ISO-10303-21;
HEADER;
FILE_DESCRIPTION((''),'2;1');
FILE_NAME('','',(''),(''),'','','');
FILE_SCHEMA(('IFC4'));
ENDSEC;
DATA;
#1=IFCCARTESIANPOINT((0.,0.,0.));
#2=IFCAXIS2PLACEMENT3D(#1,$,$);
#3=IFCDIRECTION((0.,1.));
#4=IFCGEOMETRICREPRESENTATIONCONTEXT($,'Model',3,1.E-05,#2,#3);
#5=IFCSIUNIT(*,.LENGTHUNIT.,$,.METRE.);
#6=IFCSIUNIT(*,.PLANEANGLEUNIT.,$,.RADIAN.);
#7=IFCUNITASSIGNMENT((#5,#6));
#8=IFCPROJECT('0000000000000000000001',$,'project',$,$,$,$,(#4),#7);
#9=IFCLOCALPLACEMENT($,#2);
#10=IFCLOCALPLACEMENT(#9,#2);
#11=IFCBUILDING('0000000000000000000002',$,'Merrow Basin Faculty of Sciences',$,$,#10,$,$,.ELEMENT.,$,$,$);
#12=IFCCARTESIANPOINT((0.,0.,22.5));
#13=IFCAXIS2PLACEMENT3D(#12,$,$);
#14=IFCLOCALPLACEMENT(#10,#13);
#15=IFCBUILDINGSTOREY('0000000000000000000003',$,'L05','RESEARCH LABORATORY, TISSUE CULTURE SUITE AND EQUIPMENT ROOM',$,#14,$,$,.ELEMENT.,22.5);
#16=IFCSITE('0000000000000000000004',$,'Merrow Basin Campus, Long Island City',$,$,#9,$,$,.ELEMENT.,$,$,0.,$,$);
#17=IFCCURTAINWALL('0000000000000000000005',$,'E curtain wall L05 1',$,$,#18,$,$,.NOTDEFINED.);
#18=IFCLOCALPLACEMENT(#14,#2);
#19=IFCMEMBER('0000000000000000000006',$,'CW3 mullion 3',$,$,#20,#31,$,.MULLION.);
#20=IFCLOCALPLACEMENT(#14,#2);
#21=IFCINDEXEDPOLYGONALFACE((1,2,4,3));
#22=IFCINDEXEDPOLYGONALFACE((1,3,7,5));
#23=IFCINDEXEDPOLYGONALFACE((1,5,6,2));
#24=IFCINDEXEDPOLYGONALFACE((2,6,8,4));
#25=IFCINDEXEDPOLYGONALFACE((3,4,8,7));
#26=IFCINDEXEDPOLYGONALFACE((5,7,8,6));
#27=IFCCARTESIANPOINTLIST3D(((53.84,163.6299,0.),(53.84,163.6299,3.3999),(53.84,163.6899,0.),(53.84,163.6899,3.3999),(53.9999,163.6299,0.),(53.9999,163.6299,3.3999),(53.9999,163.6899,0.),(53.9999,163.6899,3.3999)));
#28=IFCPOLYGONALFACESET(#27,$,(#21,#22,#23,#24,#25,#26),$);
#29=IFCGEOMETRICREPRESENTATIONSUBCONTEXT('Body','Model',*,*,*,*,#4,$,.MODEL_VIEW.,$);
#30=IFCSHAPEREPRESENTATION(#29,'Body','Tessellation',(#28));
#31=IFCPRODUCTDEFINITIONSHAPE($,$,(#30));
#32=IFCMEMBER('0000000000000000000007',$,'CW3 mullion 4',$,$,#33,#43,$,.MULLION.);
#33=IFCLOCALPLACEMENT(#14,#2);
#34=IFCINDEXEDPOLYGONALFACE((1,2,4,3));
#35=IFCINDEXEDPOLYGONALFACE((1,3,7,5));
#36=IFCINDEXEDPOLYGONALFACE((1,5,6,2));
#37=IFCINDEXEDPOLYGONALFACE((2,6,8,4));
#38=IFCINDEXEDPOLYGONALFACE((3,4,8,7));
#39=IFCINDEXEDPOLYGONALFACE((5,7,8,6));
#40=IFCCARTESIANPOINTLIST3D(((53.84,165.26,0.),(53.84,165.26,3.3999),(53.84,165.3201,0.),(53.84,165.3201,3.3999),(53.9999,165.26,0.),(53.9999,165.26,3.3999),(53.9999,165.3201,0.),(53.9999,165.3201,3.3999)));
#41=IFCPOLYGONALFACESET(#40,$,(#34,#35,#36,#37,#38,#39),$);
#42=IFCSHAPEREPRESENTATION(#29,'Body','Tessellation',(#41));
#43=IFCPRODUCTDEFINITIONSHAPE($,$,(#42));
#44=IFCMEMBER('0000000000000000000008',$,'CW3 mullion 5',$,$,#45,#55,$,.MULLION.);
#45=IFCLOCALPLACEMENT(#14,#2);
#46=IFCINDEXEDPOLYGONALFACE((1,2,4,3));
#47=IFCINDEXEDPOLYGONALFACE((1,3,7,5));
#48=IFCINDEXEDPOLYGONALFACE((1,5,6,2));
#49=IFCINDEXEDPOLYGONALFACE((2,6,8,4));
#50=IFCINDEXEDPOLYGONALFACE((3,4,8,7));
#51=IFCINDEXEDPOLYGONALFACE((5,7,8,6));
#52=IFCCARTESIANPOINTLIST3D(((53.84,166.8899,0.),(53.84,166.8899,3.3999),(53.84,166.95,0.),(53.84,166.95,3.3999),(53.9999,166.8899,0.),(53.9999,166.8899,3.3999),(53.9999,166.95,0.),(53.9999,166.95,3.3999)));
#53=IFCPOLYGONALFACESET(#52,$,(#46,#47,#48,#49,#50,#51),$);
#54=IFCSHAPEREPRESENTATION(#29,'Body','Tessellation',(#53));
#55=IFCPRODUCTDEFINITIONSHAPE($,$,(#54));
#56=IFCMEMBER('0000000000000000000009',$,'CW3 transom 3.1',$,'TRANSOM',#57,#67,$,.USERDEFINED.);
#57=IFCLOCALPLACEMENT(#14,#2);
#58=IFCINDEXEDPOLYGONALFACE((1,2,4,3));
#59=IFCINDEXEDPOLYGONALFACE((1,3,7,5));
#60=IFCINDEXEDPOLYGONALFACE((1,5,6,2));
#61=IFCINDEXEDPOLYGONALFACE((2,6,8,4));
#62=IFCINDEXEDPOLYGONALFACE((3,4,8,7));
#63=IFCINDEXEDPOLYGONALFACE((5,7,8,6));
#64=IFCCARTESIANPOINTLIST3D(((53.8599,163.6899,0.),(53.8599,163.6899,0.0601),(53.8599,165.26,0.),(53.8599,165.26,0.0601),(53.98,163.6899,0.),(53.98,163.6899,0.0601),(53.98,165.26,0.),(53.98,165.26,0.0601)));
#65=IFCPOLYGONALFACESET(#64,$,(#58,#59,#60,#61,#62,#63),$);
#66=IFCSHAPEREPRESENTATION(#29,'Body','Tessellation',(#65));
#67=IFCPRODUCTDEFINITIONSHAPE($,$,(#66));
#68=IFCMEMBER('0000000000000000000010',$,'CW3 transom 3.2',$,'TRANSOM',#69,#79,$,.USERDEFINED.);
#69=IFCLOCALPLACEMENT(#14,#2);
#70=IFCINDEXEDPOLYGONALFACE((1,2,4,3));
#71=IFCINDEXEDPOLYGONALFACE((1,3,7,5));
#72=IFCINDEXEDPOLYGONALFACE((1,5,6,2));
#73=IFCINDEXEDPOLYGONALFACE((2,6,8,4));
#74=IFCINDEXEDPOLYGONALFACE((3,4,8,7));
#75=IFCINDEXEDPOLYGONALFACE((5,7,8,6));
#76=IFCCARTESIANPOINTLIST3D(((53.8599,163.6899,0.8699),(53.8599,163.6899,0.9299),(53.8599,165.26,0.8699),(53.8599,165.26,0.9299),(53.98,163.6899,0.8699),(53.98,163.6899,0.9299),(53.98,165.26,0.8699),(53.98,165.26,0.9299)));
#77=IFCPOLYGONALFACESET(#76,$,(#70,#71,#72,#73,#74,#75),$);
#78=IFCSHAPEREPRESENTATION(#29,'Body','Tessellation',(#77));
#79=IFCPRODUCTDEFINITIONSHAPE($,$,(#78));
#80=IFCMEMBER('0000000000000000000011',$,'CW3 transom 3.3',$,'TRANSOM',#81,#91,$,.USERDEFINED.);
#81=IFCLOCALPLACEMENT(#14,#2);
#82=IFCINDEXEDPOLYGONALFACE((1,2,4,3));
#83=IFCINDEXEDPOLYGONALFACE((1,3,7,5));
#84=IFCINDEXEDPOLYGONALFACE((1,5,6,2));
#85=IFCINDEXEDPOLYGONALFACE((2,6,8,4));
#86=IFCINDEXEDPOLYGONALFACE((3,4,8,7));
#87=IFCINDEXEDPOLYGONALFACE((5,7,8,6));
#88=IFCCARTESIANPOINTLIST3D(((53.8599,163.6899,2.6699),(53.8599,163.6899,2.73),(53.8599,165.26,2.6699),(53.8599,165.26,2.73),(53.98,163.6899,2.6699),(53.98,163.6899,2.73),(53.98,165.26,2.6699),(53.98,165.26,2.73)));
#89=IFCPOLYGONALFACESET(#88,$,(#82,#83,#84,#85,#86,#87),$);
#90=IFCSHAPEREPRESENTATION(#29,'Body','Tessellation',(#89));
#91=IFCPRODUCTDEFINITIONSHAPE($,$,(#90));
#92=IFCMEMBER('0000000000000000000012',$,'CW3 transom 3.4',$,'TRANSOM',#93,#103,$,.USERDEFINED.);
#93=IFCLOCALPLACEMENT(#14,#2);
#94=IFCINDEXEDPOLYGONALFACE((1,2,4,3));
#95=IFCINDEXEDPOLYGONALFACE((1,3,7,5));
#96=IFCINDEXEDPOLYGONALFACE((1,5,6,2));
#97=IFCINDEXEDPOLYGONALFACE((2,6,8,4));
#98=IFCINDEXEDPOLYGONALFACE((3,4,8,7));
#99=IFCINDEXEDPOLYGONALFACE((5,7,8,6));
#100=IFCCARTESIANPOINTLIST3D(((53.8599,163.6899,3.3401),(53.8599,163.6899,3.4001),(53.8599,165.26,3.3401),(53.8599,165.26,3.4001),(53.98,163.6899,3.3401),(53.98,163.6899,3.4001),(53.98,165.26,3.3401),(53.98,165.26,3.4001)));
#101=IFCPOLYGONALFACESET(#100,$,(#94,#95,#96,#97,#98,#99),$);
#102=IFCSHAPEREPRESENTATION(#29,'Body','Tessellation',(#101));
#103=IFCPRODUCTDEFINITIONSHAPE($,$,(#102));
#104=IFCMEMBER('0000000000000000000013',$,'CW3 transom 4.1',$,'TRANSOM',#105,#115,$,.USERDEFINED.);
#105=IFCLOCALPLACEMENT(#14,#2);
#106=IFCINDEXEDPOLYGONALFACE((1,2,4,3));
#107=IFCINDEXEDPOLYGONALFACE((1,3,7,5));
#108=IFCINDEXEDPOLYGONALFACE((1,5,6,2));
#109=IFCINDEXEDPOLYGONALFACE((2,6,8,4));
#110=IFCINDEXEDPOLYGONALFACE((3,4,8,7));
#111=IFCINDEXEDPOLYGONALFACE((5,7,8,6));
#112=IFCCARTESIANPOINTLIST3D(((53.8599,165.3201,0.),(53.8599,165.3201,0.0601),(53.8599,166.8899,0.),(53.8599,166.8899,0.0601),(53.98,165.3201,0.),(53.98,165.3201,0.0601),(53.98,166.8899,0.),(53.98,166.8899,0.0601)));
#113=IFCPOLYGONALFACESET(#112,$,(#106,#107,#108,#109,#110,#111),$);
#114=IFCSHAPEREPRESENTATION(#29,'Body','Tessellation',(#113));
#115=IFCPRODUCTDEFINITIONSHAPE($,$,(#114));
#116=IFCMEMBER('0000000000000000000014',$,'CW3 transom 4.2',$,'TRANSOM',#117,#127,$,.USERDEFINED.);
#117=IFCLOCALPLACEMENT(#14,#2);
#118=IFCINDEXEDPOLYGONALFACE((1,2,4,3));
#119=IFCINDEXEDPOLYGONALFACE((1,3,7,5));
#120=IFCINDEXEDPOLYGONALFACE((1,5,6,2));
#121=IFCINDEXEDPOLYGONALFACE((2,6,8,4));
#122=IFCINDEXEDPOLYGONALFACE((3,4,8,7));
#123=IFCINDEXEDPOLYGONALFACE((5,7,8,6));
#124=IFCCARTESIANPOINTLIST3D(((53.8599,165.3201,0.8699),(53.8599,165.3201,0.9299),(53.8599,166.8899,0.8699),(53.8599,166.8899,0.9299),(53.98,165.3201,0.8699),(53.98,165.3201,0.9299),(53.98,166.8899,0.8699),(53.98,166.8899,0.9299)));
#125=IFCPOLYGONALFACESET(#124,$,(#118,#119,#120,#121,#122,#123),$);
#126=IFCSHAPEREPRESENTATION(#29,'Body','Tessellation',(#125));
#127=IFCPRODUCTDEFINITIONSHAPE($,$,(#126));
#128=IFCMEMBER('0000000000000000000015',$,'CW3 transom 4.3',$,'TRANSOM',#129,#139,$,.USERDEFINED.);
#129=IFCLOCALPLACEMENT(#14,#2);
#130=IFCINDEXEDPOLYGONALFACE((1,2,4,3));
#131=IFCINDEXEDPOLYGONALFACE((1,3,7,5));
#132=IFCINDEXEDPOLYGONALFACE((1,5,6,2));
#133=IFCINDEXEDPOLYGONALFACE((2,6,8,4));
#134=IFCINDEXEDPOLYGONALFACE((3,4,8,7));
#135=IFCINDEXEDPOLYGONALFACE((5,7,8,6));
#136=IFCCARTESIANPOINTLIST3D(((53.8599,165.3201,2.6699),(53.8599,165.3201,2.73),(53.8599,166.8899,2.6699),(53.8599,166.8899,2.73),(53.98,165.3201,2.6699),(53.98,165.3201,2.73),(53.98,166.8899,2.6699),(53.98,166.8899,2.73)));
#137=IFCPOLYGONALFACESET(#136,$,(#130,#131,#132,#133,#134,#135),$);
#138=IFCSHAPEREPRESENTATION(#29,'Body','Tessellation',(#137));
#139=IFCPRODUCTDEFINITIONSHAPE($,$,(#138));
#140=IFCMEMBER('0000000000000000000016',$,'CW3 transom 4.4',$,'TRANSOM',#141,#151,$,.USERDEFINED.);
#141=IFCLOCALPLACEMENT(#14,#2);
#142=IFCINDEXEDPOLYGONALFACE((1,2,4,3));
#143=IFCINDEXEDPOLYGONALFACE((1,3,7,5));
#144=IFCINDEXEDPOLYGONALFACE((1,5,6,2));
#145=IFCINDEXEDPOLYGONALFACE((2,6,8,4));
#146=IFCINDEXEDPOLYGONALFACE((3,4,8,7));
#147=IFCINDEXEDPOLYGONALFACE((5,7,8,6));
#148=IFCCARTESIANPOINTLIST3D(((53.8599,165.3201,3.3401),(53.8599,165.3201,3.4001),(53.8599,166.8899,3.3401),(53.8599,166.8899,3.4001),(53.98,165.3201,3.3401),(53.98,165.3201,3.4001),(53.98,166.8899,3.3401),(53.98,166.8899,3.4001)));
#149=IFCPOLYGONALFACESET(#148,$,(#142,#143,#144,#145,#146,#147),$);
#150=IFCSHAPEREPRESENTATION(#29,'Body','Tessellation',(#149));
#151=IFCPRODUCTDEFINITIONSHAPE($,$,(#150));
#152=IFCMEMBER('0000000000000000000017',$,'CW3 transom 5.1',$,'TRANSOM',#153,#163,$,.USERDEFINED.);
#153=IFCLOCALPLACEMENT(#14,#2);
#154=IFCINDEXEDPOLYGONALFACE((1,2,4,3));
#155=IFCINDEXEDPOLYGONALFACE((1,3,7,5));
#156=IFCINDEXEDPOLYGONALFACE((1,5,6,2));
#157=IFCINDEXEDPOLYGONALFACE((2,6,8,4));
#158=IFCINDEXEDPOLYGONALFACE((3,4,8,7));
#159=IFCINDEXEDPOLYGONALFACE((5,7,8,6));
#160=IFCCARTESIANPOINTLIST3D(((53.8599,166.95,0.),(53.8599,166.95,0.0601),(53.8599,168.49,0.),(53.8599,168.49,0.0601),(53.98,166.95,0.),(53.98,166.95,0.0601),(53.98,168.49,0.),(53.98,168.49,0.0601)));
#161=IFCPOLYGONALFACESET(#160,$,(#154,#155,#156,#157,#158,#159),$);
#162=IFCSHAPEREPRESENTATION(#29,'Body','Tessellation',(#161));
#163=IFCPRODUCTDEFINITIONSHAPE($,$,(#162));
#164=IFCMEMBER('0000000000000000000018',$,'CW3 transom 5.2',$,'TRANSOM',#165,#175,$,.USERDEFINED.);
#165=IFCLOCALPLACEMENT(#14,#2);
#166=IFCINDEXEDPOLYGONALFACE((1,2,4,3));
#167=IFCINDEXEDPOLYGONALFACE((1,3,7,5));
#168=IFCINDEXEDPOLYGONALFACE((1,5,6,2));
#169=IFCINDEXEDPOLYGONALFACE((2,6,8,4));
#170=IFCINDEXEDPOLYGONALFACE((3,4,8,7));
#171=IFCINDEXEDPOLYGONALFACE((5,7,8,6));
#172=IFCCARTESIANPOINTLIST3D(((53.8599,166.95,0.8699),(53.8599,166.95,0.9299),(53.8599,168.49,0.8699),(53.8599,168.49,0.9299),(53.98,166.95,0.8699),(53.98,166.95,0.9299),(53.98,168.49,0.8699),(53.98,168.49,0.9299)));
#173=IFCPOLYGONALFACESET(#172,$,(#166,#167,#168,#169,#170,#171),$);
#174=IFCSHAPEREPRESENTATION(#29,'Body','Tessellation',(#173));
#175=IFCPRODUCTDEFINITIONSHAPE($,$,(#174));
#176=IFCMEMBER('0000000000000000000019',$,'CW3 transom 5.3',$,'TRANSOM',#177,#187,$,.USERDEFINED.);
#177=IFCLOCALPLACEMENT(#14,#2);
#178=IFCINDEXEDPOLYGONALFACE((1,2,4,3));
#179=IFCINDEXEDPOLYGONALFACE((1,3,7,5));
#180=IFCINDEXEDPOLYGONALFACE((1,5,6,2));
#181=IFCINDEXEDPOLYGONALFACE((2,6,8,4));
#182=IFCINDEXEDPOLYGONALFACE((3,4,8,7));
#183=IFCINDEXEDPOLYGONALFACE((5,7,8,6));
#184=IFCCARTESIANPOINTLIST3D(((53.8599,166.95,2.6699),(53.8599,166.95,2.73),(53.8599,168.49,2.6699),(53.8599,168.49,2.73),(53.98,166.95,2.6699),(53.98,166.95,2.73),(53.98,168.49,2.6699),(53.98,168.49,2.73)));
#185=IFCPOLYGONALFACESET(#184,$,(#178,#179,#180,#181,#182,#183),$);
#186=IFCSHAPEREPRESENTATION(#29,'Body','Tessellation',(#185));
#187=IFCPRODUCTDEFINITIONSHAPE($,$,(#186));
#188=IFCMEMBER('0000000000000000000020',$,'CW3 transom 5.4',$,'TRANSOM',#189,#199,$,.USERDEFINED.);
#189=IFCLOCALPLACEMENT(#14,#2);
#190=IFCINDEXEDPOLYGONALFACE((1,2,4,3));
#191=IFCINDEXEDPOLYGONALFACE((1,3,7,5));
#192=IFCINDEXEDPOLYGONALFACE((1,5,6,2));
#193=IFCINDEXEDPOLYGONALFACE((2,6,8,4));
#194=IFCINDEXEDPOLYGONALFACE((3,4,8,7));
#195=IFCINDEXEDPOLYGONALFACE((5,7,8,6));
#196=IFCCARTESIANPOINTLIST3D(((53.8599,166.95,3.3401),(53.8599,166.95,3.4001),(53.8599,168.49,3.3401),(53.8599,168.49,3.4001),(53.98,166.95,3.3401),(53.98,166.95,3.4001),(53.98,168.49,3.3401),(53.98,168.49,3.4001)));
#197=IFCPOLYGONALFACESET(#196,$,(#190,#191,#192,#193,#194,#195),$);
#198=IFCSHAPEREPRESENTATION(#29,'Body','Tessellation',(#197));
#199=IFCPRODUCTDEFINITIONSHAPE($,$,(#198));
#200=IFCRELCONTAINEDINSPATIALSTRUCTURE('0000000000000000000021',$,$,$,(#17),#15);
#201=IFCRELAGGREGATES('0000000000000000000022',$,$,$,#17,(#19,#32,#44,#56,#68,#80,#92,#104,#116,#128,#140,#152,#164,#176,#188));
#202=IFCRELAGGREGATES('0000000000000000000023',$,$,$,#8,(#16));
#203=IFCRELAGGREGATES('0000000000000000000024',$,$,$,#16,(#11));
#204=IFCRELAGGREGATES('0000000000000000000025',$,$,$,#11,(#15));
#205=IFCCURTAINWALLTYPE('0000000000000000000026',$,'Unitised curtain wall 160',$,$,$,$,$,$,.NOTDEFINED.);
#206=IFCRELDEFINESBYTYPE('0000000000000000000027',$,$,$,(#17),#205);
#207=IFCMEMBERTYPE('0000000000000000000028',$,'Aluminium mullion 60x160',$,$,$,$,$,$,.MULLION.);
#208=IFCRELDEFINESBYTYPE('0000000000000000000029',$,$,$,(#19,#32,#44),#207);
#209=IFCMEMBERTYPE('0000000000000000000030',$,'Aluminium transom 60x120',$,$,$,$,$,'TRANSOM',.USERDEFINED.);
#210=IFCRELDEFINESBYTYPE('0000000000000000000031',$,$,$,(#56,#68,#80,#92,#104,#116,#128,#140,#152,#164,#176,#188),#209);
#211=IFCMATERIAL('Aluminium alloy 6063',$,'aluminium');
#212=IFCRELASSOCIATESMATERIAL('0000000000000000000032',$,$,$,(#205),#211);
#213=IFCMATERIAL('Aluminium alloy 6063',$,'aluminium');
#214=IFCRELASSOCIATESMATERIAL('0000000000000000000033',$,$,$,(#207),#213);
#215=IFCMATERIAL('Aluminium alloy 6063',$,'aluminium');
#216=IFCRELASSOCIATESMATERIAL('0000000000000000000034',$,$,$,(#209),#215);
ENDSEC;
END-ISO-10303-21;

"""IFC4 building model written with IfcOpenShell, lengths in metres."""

from ifc_helpers import new_model, si_unit, direction, frame, origin, origin_2d, place, context, subcontext, project, spatial, rectangle, extrude, material, material_profile, profile_set, type_object, element, aggregate, save


model = new_model("IFC4")

# Units and contexts
model_context = context("Model", 3, precision=1e-05, world=origin(), true_north=direction((0.0, 1.0)))
body_context = subcontext(model_context, "Body", "Model", "MODEL_VIEW")
ifc_project = project(units=[si_unit("LENGTHUNIT", "METRE"), si_unit("PLANEANGLEUNIT", "RADIAN")], contexts=[model_context])

# Site, building, storey
site_placement = place(None, origin())
site = spatial("IfcSite", under=ifc_project, at=site_placement, Name="Merrow Basin Campus, Long Island City", CompositionType="ELEMENT", RefElevation=0.0)
building_placement = place(site_placement, origin())
building = spatial("IfcBuilding", under=site, at=building_placement, Name="Merrow Basin Faculty of Sciences", CompositionType="ELEMENT")
storey_placement = place(building_placement, frame((0.0, 0.0, 22.5)))
storey = spatial("IfcBuildingStorey", under=building, at=storey_placement, Name="L05", Description="RESEARCH LABORATORY, TISSUE CULTURE SUITE AND EQUIPMENT ROOM", CompositionType="ELEMENT", Elevation=22.5)

# Curtain wall, members
ifc_material_1 = material(Name="Aluminium alloy 6063", Category="aluminium")
curtain_wall_type = type_object("IfcCurtainWallType", Name="Unitised curtain wall 160", PredefinedType="NOTDEFINED", material=ifc_material_1)
curtain_wall_placement = place(storey_placement, origin())
curtain_wall = element("IfcCurtainWall", 1, at=curtain_wall_placement, inside=storey, type_object=curtain_wall_type, Name="E curtain wall L05 1", PredefinedType="NOTDEFINED")
ifc_material_2 = material(Name="Aluminium alloy 6063", Category="aluminium")
ifc_material_profile_1 = material_profile(ifc_material_2, rectangle(XDim=0.1599, YDim=0.0601, at=origin_2d()))
ifc_profile_set_1 = profile_set([ifc_material_profile_1], Name="Aluminium alloy 6063")
member_type_1 = type_object("IfcMemberType", Name="Aluminium mullion 60x160", PredefinedType="MULLION", material=ifc_profile_set_1)
member_1_placement = place(storey_placement, frame((53.9199, 163.6599, 0.0), z_axis=(0.0, 0.0, 1.0), x_axis=(-1.0, 0.0, 0.0)))
member_1 = element("IfcMember", 2, at=member_1_placement, type_object=member_type_1, Name="CW3 mullion 3", PredefinedType="MULLION", context=body_context, shape_type="SweptSolid", body=[
    extrude(rectangle(XDim=0.1599, YDim=0.0601, at=origin_2d()), origin(), (0.0, 0.0, 1.0), 3.3999),
])
member_2_placement = place(storey_placement, frame((53.9199, 165.29, 0.0), z_axis=(0.0, 0.0, 1.0), x_axis=(-1.0, 0.0, 0.0)))
member_2 = element("IfcMember", 3, at=member_2_placement, type_object=member_type_1, Name="CW3 mullion 4", PredefinedType="MULLION", context=body_context, shape_type="SweptSolid", body=[
    extrude(rectangle(XDim=0.1599, YDim=0.0601, at=origin_2d()), origin(), (0.0, 0.0, 1.0), 3.3999),
])
member_3_placement = place(storey_placement, frame((53.9199, 166.9199, 0.0), z_axis=(0.0, 0.0, 1.0), x_axis=(-1.0, 0.0, 0.0)))
member_3 = element("IfcMember", 4, at=member_3_placement, type_object=member_type_1, Name="CW3 mullion 5", PredefinedType="MULLION", context=body_context, shape_type="SweptSolid", body=[
    extrude(rectangle(XDim=0.1599, YDim=0.0601, at=origin_2d()), origin(), (0.0, 0.0, 1.0), 3.3999),
])
ifc_material_3 = material(Name="Aluminium alloy 6063", Category="aluminium")
ifc_material_profile_2 = material_profile(ifc_material_3, rectangle(XDim=0.1201, YDim=0.0601, at=origin_2d()))
ifc_profile_set_2 = profile_set([ifc_material_profile_2], Name="Aluminium alloy 6063")
member_type_2 = type_object("IfcMemberType", Name="Aluminium transom 60x120", ElementType="TRANSOM", PredefinedType="USERDEFINED", material=ifc_profile_set_2)
member_4_placement = place(storey_placement, frame((53.9199, 163.6899, 0.03), z_axis=(0.0, 1.0, 0.0), x_axis=(-1.0, 0.0, 0.0)))
member_4 = element("IfcMember", 5, at=member_4_placement, type_object=member_type_2, Name="CW3 transom 3.1", ObjectType="TRANSOM", PredefinedType="USERDEFINED", context=body_context, shape_type="SweptSolid", body=[
    extrude(rectangle(XDim=0.1201, YDim=0.0601, at=origin_2d()), origin(), (0.0, 0.0, 1.0), 1.5701),
])
member_5_placement = place(storey_placement, frame((53.9199, 163.6899, 0.8999), z_axis=(0.0, 1.0, 0.0), x_axis=(-1.0, 0.0, 0.0)))
member_5 = element("IfcMember", 6, at=member_5_placement, type_object=member_type_2, Name="CW3 transom 3.2", ObjectType="TRANSOM", PredefinedType="USERDEFINED", context=body_context, shape_type="SweptSolid", body=[
    extrude(rectangle(XDim=0.1201, YDim=0.0601, at=origin_2d()), origin(), (0.0, 0.0, 1.0), 1.5701),
])
member_6_placement = place(storey_placement, frame((53.9199, 163.6899, 2.7), z_axis=(0.0, 1.0, 0.0), x_axis=(-1.0, 0.0, 0.0)))
member_6 = element("IfcMember", 7, at=member_6_placement, type_object=member_type_2, Name="CW3 transom 3.3", ObjectType="TRANSOM", PredefinedType="USERDEFINED", context=body_context, shape_type="SweptSolid", body=[
    extrude(rectangle(XDim=0.1201, YDim=0.0601, at=origin_2d()), origin(), (0.0, 0.0, 1.0), 1.5701),
])
member_7_placement = place(storey_placement, frame((53.9199, 163.6899, 3.3701), z_axis=(0.0, 1.0, 0.0), x_axis=(-1.0, 0.0, 0.0)))
member_7 = element("IfcMember", 8, at=member_7_placement, type_object=member_type_2, Name="CW3 transom 3.4", ObjectType="TRANSOM", PredefinedType="USERDEFINED", context=body_context, shape_type="SweptSolid", body=[
    extrude(rectangle(XDim=0.1201, YDim=0.0601, at=origin_2d()), origin(), (0.0, 0.0, 1.0), 1.5701),
])
member_8_placement = place(storey_placement, frame((53.9199, 165.3201, 0.03), z_axis=(0.0, 1.0, 0.0), x_axis=(-1.0, 0.0, 0.0)))
member_8 = element("IfcMember", 9, at=member_8_placement, type_object=member_type_2, Name="CW3 transom 4.1", ObjectType="TRANSOM", PredefinedType="USERDEFINED", context=body_context, shape_type="SweptSolid", body=[
    extrude(rectangle(XDim=0.1201, YDim=0.0601, at=origin_2d()), origin(), (0.0, 0.0, 1.0), 1.5698),
])
member_9_placement = place(storey_placement, frame((53.9199, 165.3201, 0.8999), z_axis=(0.0, 1.0, 0.0), x_axis=(-1.0, 0.0, 0.0)))
member_9 = element("IfcMember", 10, at=member_9_placement, type_object=member_type_2, Name="CW3 transom 4.2", ObjectType="TRANSOM", PredefinedType="USERDEFINED", context=body_context, shape_type="SweptSolid", body=[
    extrude(rectangle(XDim=0.1201, YDim=0.0601, at=origin_2d()), origin(), (0.0, 0.0, 1.0), 1.5698),
])
member_10_placement = place(storey_placement, frame((53.9199, 165.3201, 2.7), z_axis=(0.0, 1.0, 0.0), x_axis=(-1.0, 0.0, 0.0)))
member_10 = element("IfcMember", 11, at=member_10_placement, type_object=member_type_2, Name="CW3 transom 4.3", ObjectType="TRANSOM", PredefinedType="USERDEFINED", context=body_context, shape_type="SweptSolid", body=[
    extrude(rectangle(XDim=0.1201, YDim=0.0601, at=origin_2d()), origin(), (0.0, 0.0, 1.0), 1.5698),
])
member_11_placement = place(storey_placement, frame((53.9199, 165.3201, 3.3701), z_axis=(0.0, 1.0, 0.0), x_axis=(-1.0, 0.0, 0.0)))
member_11 = element("IfcMember", 12, at=member_11_placement, type_object=member_type_2, Name="CW3 transom 4.4", ObjectType="TRANSOM", PredefinedType="USERDEFINED", context=body_context, shape_type="SweptSolid", body=[
    extrude(rectangle(XDim=0.1201, YDim=0.0601, at=origin_2d()), origin(), (0.0, 0.0, 1.0), 1.5698),
])
member_12_placement = place(storey_placement, frame((53.9199, 166.95, 0.03), z_axis=(0.0, 1.0, 0.0), x_axis=(-1.0, 0.0, 0.0)))
member_12 = element("IfcMember", 13, at=member_12_placement, type_object=member_type_2, Name="CW3 transom 5.1", ObjectType="TRANSOM", PredefinedType="USERDEFINED", context=body_context, shape_type="SweptSolid", body=[
    extrude(rectangle(XDim=0.1201, YDim=0.0601, at=origin_2d()), origin(), (0.0, 0.0, 1.0), 1.54),
])
member_13_placement = place(storey_placement, frame((53.9199, 166.95, 0.8999), z_axis=(0.0, 1.0, 0.0), x_axis=(-1.0, 0.0, 0.0)))
member_13 = element("IfcMember", 14, at=member_13_placement, type_object=member_type_2, Name="CW3 transom 5.2", ObjectType="TRANSOM", PredefinedType="USERDEFINED", context=body_context, shape_type="SweptSolid", body=[
    extrude(rectangle(XDim=0.1201, YDim=0.0601, at=origin_2d()), origin(), (0.0, 0.0, 1.0), 1.54),
])
member_14_placement = place(storey_placement, frame((53.9199, 166.95, 2.7), z_axis=(0.0, 1.0, 0.0), x_axis=(-1.0, 0.0, 0.0)))
member_14 = element("IfcMember", 15, at=member_14_placement, type_object=member_type_2, Name="CW3 transom 5.3", ObjectType="TRANSOM", PredefinedType="USERDEFINED", context=body_context, shape_type="SweptSolid", body=[
    extrude(rectangle(XDim=0.1201, YDim=0.0601, at=origin_2d()), origin(), (0.0, 0.0, 1.0), 1.54),
])
member_15_placement = place(storey_placement, frame((53.9199, 166.95, 3.3701), z_axis=(0.0, 1.0, 0.0), x_axis=(-1.0, 0.0, 0.0)))
member_15 = element("IfcMember", 16, at=member_15_placement, type_object=member_type_2, Name="CW3 transom 5.4", ObjectType="TRANSOM", PredefinedType="USERDEFINED", context=body_context, shape_type="SweptSolid", body=[
    extrude(rectangle(XDim=0.1201, YDim=0.0601, at=origin_2d()), origin(), (0.0, 0.0, 1.0), 1.54),
])
aggregate(curtain_wall, [member_1, member_2, member_3, member_4, member_5, member_6, member_7, member_8, member_9, member_10, member_11, member_12, member_13, member_14, member_15])

save(model, "model.ifc")
